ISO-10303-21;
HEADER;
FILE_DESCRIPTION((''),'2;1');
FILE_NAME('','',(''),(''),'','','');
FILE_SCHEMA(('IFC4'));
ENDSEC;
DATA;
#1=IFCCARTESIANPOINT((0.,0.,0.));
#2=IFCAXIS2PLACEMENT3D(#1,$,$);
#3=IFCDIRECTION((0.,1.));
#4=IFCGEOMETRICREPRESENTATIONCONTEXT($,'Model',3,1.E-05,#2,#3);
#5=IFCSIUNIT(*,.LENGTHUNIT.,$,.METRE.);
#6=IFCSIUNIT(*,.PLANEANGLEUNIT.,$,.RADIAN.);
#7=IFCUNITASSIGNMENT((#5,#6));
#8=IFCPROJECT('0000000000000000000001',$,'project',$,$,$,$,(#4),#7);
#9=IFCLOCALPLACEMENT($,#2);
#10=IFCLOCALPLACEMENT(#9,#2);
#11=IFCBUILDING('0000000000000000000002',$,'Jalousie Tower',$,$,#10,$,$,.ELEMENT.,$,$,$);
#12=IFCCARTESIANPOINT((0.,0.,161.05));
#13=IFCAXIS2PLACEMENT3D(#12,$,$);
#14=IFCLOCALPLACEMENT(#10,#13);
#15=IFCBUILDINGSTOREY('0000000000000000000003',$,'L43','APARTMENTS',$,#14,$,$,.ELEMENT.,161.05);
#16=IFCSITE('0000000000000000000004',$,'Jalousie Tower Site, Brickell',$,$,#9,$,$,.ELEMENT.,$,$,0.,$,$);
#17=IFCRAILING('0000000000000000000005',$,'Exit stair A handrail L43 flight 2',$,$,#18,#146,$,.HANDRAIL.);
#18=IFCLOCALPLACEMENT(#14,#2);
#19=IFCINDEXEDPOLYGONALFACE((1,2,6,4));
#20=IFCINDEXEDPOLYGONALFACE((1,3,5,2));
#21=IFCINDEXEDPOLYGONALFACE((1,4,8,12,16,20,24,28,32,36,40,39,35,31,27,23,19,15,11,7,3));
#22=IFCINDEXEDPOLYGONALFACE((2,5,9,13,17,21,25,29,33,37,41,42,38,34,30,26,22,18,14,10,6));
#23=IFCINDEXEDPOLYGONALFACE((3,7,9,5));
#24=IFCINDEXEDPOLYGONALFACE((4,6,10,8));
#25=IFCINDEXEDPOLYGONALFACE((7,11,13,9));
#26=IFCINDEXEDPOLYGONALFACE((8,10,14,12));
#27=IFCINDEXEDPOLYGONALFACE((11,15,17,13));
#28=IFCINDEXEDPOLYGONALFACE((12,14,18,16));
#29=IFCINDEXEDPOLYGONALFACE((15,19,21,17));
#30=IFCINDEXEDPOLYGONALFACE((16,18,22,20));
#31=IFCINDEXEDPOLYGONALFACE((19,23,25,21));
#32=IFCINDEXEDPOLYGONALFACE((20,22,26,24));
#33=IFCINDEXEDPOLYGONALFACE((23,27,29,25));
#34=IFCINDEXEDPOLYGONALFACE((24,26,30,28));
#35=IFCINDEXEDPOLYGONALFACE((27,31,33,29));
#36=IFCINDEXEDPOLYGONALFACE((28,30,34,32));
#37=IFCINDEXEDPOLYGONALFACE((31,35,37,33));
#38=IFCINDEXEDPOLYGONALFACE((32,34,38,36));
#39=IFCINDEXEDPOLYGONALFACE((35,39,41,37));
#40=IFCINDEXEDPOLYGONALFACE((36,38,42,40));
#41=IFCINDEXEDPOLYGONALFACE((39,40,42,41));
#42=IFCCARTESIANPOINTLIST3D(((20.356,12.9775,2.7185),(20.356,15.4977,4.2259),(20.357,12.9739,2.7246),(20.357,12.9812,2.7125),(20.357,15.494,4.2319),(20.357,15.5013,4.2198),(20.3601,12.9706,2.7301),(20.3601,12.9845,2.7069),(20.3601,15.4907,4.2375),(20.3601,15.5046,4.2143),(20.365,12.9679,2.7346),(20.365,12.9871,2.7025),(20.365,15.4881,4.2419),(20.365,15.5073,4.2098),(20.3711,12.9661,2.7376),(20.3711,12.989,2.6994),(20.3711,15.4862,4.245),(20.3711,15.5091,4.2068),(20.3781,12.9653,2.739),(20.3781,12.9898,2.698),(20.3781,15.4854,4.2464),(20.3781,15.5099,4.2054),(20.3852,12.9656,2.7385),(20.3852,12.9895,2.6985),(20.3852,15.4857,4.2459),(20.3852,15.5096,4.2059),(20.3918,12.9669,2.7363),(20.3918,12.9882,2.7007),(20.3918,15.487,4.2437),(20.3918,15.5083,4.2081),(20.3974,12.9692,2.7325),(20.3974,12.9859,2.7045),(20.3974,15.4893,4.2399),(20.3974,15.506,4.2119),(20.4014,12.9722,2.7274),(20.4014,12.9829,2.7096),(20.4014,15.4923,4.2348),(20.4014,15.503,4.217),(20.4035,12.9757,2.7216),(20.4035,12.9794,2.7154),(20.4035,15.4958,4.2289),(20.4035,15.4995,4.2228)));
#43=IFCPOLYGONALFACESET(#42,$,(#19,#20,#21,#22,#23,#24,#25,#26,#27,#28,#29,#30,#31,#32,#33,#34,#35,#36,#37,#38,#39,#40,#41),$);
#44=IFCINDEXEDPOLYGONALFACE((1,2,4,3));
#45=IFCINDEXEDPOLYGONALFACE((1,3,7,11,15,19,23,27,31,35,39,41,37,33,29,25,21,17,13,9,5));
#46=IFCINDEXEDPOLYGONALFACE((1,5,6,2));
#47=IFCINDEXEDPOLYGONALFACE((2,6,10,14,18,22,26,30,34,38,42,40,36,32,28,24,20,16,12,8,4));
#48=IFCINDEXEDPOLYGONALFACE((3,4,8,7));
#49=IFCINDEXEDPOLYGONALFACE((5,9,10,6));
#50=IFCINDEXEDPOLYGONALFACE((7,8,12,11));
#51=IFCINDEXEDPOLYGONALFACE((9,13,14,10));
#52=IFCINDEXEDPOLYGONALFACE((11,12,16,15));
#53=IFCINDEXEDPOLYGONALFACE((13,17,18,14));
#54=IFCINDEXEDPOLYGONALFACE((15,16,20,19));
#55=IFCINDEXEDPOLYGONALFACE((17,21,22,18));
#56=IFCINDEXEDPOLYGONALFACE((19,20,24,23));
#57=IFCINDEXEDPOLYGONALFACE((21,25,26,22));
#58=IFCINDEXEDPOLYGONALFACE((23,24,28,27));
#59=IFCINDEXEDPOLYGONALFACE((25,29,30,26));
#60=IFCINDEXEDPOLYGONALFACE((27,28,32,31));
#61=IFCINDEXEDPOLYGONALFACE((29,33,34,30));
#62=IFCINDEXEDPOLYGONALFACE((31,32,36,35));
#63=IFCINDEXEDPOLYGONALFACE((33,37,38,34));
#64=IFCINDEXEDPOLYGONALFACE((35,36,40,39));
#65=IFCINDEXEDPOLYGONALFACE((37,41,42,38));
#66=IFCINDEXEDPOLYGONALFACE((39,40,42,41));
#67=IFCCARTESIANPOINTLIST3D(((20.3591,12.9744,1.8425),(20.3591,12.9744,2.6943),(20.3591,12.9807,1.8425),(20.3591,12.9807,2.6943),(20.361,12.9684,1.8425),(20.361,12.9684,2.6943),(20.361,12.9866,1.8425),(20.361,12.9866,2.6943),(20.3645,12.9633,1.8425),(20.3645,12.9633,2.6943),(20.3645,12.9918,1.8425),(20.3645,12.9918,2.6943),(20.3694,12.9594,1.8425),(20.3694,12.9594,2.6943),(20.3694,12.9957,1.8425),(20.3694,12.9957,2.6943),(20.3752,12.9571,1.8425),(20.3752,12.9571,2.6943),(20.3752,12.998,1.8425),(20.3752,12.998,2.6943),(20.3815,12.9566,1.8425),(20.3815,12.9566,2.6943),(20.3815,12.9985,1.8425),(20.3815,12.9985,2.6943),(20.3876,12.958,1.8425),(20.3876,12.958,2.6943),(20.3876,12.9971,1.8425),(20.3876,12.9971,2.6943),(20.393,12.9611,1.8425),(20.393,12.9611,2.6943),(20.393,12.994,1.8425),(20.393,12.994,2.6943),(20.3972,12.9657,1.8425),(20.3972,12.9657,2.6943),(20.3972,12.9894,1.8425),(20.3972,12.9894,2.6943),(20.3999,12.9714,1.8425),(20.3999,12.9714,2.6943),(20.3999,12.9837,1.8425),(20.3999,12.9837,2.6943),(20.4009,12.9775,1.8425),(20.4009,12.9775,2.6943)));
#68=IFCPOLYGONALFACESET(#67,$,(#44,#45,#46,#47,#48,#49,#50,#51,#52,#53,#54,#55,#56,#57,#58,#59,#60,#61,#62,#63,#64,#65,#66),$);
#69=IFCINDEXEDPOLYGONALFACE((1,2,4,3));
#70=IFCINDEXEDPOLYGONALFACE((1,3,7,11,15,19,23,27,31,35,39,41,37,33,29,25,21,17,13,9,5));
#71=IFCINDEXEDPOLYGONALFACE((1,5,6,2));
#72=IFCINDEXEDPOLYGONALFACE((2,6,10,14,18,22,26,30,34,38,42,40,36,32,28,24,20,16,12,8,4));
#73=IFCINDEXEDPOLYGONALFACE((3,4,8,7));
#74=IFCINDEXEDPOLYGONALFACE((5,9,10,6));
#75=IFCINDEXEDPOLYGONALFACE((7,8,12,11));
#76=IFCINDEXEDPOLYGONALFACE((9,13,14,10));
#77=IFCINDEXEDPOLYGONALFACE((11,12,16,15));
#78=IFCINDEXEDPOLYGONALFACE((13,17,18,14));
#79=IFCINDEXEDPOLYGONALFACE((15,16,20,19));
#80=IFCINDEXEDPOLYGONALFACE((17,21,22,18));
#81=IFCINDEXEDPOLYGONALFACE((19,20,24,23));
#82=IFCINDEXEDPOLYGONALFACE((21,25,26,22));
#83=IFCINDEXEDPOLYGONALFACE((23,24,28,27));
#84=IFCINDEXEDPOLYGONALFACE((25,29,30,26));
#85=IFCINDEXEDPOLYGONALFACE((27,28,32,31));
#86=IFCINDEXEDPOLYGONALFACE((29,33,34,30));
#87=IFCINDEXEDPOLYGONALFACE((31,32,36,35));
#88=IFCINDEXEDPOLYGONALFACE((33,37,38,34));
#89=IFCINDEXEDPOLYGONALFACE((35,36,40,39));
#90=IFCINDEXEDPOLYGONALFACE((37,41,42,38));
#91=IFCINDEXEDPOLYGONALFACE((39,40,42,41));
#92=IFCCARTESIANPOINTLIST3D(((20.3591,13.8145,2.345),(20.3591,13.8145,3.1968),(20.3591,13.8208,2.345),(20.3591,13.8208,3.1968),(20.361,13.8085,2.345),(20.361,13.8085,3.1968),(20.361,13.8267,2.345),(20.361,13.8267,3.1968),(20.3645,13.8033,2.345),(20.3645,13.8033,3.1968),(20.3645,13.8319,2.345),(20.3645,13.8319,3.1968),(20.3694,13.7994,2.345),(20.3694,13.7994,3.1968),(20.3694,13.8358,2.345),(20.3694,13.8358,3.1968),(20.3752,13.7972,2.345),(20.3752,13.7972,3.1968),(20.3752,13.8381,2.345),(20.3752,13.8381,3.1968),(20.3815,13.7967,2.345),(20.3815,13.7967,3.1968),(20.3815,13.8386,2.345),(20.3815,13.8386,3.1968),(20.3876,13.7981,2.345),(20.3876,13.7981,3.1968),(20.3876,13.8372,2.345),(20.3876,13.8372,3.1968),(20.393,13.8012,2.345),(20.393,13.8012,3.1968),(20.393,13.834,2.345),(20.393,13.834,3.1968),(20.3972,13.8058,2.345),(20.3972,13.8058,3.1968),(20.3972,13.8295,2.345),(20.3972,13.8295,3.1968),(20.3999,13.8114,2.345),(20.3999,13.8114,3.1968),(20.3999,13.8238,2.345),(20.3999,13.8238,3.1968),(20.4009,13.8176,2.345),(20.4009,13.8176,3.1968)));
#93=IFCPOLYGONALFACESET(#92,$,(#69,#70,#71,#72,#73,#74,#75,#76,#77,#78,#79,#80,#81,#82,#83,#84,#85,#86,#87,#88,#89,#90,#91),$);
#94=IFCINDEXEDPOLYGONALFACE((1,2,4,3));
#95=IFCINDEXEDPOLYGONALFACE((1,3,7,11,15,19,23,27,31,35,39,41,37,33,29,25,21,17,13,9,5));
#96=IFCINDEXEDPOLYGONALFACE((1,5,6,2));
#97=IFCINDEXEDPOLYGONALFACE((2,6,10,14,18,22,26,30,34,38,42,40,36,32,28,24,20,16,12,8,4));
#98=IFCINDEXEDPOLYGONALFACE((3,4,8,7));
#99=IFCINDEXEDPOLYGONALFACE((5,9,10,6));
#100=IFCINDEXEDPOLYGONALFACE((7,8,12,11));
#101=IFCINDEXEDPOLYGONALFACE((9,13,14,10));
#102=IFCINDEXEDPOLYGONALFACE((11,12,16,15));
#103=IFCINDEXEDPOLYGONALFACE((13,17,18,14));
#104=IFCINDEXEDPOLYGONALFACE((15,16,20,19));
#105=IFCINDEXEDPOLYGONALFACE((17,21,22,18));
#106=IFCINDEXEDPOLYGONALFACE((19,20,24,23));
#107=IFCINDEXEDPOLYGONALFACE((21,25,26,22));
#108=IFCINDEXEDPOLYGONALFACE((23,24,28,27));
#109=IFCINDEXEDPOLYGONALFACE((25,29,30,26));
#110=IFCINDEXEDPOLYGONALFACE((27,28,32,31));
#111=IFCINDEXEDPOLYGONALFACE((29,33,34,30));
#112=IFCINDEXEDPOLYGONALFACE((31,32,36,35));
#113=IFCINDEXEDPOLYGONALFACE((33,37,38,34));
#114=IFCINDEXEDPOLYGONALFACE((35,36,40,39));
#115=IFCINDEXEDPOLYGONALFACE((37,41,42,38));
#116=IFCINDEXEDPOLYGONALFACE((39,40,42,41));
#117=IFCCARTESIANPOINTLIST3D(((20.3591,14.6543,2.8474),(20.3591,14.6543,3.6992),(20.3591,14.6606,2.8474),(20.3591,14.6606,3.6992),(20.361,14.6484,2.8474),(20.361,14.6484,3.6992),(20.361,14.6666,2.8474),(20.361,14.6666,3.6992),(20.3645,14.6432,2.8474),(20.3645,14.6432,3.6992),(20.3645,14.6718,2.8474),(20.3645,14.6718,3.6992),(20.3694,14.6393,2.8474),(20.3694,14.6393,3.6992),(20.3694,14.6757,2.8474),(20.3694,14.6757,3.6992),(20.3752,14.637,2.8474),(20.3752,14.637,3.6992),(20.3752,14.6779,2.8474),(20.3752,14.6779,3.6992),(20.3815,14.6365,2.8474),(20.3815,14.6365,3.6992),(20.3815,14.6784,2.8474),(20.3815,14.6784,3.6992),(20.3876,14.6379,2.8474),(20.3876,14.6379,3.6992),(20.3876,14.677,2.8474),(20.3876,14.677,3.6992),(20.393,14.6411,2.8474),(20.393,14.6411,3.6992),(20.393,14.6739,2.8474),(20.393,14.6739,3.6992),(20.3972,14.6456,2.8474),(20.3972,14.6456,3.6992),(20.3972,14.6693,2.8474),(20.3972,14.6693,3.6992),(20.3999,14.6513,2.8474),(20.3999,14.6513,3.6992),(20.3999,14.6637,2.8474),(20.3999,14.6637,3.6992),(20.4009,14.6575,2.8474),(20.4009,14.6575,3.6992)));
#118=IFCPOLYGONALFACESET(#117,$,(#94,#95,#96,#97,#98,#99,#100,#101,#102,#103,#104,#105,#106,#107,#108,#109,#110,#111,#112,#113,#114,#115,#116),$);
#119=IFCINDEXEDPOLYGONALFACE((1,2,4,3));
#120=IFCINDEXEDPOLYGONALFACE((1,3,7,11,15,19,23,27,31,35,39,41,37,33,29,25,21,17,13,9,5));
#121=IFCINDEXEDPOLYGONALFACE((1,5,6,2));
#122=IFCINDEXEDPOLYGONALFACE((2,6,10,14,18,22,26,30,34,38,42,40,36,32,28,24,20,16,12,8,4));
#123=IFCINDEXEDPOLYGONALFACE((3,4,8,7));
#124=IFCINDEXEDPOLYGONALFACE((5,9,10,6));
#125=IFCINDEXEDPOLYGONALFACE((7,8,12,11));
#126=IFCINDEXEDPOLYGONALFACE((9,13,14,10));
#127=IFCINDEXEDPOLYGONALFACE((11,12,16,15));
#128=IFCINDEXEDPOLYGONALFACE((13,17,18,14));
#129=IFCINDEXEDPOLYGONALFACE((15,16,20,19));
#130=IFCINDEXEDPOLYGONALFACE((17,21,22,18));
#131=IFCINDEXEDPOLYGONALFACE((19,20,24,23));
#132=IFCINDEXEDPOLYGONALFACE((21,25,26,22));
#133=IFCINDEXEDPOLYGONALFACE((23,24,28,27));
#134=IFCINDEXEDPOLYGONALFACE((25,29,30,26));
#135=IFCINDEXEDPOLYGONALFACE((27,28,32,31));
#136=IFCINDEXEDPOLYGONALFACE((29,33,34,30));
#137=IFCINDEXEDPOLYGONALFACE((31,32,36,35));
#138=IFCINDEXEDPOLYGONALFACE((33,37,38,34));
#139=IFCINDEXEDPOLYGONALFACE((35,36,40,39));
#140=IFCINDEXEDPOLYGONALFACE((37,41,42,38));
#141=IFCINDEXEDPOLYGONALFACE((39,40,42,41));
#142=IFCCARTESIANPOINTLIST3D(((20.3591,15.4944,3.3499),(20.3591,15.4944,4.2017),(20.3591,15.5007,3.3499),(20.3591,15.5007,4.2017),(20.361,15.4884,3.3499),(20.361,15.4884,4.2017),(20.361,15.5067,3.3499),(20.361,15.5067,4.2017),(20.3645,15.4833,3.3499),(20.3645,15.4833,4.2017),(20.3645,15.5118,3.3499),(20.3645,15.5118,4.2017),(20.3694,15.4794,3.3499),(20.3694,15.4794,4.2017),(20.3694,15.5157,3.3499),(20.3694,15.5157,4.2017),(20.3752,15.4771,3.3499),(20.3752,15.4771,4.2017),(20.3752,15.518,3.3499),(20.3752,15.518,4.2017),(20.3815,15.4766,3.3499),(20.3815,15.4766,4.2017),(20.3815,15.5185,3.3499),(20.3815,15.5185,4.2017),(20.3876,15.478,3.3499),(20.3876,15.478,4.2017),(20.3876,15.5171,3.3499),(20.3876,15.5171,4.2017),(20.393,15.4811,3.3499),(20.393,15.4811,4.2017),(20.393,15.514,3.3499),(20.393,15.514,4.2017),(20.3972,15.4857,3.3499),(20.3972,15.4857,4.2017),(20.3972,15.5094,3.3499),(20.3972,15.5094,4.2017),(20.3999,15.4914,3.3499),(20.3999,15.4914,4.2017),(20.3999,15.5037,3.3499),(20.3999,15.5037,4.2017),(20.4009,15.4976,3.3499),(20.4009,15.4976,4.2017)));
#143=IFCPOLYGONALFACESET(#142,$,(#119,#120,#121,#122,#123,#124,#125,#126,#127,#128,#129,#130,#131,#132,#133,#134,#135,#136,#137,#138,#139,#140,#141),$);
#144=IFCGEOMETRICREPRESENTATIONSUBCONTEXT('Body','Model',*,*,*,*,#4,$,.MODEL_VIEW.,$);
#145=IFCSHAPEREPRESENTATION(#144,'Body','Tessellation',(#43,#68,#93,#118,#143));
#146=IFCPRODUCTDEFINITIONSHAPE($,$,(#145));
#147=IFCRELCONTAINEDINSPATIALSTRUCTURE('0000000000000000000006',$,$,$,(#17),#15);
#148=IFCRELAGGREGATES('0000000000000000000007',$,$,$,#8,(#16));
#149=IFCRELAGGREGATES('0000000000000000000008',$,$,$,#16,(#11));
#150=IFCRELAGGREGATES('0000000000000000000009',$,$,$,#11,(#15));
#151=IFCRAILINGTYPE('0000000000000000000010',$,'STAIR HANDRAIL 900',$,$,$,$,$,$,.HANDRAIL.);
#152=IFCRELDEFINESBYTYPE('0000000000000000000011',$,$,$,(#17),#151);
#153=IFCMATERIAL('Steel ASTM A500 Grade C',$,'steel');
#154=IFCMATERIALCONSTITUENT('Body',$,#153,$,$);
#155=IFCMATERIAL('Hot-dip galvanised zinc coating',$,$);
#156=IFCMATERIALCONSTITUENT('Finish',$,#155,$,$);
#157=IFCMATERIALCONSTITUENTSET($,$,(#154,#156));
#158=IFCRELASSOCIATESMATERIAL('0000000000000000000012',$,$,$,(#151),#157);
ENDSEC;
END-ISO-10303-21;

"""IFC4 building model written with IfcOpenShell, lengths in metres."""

from ifc_helpers import new_model, si_unit, direction, frame, origin, origin_2d, place, context, subcontext, project, spatial, circle, extrude, material, constituent, constituent_set, type_object, element, save


model = new_model("IFC4")

# Units and contexts
model_context = context("Model", 3, precision=1e-05, world=origin(), true_north=direction((0.0, 1.0)))
body_context = subcontext(model_context, "Body", "Model", "MODEL_VIEW")
ifc_project = project(units=[si_unit("LENGTHUNIT", "METRE"), si_unit("PLANEANGLEUNIT", "RADIAN")], contexts=[model_context])

# Site, building, storey
site_placement = place(None, origin())
site = spatial("IfcSite", under=ifc_project, at=site_placement, Name="Jalousie Tower Site, Brickell", CompositionType="ELEMENT", RefElevation=0.0)
building_placement = place(site_placement, origin())
building = spatial("IfcBuilding", under=site, at=building_placement, Name="Jalousie Tower", CompositionType="ELEMENT")
storey_placement = place(building_placement, frame((0.0, 0.0, 161.05)))
storey = spatial("IfcBuildingStorey", under=building, at=storey_placement, Name="L43", Description="APARTMENTS", CompositionType="ELEMENT", Elevation=161.05)

# Railing
ifc_material_1 = material(Name="Steel ASTM A500 Grade C", Category="steel")
ifc_constituent_1 = constituent(ifc_material_1, Name="Body")
ifc_material_2 = material(Name="Hot-dip galvanised zinc coating")
ifc_constituent_2 = constituent(ifc_material_2, Name="Finish")
ifc_constituent_set_1 = constituent_set(constituents=[ifc_constituent_1, ifc_constituent_2])
railing_type_1 = type_object("IfcRailingType", Name="STAIR HANDRAIL 900", PredefinedType="HANDRAIL", material=ifc_constituent_set_1)
railing_1_placement = place(storey_placement, frame((20.3799, 12.9775, 1.8425)))
element("IfcRailing", 1, at=railing_1_placement, inside=storey, type_object=railing_type_1, Name="Exit stair A handrail L43 flight 2", PredefinedType="HANDRAIL", context=body_context, shape_type="SweptSolid", body=[
    extrude(circle(Radius=0.0239, at=origin_2d()), frame((0.0, 0.0, 0.876), z_axis=(0.0, 0.858196, 0.513321), x_axis=(-1.0, 0.0, 0.0)), (0.0, 0.0, 1.0), 2.9365),
    extrude(circle(Radius=0.021, at=origin_2d()), origin(), (0.0, 0.0, 1.0), 0.8518),
    extrude(circle(Radius=0.021, at=origin_2d()), frame((0.0, 0.8401, 0.5024)), (0.0, 0.0, 1.0), 0.8518),
    extrude(circle(Radius=0.021, at=origin_2d()), frame((0.0, 1.6799, 1.0049)), (0.0, 0.0, 1.0), 0.8518),
    extrude(circle(Radius=0.021, at=origin_2d()), frame((0.0, 2.52, 1.5073)), (0.0, 0.0, 1.0), 0.8518),
])

save(model, "model.ifc")
